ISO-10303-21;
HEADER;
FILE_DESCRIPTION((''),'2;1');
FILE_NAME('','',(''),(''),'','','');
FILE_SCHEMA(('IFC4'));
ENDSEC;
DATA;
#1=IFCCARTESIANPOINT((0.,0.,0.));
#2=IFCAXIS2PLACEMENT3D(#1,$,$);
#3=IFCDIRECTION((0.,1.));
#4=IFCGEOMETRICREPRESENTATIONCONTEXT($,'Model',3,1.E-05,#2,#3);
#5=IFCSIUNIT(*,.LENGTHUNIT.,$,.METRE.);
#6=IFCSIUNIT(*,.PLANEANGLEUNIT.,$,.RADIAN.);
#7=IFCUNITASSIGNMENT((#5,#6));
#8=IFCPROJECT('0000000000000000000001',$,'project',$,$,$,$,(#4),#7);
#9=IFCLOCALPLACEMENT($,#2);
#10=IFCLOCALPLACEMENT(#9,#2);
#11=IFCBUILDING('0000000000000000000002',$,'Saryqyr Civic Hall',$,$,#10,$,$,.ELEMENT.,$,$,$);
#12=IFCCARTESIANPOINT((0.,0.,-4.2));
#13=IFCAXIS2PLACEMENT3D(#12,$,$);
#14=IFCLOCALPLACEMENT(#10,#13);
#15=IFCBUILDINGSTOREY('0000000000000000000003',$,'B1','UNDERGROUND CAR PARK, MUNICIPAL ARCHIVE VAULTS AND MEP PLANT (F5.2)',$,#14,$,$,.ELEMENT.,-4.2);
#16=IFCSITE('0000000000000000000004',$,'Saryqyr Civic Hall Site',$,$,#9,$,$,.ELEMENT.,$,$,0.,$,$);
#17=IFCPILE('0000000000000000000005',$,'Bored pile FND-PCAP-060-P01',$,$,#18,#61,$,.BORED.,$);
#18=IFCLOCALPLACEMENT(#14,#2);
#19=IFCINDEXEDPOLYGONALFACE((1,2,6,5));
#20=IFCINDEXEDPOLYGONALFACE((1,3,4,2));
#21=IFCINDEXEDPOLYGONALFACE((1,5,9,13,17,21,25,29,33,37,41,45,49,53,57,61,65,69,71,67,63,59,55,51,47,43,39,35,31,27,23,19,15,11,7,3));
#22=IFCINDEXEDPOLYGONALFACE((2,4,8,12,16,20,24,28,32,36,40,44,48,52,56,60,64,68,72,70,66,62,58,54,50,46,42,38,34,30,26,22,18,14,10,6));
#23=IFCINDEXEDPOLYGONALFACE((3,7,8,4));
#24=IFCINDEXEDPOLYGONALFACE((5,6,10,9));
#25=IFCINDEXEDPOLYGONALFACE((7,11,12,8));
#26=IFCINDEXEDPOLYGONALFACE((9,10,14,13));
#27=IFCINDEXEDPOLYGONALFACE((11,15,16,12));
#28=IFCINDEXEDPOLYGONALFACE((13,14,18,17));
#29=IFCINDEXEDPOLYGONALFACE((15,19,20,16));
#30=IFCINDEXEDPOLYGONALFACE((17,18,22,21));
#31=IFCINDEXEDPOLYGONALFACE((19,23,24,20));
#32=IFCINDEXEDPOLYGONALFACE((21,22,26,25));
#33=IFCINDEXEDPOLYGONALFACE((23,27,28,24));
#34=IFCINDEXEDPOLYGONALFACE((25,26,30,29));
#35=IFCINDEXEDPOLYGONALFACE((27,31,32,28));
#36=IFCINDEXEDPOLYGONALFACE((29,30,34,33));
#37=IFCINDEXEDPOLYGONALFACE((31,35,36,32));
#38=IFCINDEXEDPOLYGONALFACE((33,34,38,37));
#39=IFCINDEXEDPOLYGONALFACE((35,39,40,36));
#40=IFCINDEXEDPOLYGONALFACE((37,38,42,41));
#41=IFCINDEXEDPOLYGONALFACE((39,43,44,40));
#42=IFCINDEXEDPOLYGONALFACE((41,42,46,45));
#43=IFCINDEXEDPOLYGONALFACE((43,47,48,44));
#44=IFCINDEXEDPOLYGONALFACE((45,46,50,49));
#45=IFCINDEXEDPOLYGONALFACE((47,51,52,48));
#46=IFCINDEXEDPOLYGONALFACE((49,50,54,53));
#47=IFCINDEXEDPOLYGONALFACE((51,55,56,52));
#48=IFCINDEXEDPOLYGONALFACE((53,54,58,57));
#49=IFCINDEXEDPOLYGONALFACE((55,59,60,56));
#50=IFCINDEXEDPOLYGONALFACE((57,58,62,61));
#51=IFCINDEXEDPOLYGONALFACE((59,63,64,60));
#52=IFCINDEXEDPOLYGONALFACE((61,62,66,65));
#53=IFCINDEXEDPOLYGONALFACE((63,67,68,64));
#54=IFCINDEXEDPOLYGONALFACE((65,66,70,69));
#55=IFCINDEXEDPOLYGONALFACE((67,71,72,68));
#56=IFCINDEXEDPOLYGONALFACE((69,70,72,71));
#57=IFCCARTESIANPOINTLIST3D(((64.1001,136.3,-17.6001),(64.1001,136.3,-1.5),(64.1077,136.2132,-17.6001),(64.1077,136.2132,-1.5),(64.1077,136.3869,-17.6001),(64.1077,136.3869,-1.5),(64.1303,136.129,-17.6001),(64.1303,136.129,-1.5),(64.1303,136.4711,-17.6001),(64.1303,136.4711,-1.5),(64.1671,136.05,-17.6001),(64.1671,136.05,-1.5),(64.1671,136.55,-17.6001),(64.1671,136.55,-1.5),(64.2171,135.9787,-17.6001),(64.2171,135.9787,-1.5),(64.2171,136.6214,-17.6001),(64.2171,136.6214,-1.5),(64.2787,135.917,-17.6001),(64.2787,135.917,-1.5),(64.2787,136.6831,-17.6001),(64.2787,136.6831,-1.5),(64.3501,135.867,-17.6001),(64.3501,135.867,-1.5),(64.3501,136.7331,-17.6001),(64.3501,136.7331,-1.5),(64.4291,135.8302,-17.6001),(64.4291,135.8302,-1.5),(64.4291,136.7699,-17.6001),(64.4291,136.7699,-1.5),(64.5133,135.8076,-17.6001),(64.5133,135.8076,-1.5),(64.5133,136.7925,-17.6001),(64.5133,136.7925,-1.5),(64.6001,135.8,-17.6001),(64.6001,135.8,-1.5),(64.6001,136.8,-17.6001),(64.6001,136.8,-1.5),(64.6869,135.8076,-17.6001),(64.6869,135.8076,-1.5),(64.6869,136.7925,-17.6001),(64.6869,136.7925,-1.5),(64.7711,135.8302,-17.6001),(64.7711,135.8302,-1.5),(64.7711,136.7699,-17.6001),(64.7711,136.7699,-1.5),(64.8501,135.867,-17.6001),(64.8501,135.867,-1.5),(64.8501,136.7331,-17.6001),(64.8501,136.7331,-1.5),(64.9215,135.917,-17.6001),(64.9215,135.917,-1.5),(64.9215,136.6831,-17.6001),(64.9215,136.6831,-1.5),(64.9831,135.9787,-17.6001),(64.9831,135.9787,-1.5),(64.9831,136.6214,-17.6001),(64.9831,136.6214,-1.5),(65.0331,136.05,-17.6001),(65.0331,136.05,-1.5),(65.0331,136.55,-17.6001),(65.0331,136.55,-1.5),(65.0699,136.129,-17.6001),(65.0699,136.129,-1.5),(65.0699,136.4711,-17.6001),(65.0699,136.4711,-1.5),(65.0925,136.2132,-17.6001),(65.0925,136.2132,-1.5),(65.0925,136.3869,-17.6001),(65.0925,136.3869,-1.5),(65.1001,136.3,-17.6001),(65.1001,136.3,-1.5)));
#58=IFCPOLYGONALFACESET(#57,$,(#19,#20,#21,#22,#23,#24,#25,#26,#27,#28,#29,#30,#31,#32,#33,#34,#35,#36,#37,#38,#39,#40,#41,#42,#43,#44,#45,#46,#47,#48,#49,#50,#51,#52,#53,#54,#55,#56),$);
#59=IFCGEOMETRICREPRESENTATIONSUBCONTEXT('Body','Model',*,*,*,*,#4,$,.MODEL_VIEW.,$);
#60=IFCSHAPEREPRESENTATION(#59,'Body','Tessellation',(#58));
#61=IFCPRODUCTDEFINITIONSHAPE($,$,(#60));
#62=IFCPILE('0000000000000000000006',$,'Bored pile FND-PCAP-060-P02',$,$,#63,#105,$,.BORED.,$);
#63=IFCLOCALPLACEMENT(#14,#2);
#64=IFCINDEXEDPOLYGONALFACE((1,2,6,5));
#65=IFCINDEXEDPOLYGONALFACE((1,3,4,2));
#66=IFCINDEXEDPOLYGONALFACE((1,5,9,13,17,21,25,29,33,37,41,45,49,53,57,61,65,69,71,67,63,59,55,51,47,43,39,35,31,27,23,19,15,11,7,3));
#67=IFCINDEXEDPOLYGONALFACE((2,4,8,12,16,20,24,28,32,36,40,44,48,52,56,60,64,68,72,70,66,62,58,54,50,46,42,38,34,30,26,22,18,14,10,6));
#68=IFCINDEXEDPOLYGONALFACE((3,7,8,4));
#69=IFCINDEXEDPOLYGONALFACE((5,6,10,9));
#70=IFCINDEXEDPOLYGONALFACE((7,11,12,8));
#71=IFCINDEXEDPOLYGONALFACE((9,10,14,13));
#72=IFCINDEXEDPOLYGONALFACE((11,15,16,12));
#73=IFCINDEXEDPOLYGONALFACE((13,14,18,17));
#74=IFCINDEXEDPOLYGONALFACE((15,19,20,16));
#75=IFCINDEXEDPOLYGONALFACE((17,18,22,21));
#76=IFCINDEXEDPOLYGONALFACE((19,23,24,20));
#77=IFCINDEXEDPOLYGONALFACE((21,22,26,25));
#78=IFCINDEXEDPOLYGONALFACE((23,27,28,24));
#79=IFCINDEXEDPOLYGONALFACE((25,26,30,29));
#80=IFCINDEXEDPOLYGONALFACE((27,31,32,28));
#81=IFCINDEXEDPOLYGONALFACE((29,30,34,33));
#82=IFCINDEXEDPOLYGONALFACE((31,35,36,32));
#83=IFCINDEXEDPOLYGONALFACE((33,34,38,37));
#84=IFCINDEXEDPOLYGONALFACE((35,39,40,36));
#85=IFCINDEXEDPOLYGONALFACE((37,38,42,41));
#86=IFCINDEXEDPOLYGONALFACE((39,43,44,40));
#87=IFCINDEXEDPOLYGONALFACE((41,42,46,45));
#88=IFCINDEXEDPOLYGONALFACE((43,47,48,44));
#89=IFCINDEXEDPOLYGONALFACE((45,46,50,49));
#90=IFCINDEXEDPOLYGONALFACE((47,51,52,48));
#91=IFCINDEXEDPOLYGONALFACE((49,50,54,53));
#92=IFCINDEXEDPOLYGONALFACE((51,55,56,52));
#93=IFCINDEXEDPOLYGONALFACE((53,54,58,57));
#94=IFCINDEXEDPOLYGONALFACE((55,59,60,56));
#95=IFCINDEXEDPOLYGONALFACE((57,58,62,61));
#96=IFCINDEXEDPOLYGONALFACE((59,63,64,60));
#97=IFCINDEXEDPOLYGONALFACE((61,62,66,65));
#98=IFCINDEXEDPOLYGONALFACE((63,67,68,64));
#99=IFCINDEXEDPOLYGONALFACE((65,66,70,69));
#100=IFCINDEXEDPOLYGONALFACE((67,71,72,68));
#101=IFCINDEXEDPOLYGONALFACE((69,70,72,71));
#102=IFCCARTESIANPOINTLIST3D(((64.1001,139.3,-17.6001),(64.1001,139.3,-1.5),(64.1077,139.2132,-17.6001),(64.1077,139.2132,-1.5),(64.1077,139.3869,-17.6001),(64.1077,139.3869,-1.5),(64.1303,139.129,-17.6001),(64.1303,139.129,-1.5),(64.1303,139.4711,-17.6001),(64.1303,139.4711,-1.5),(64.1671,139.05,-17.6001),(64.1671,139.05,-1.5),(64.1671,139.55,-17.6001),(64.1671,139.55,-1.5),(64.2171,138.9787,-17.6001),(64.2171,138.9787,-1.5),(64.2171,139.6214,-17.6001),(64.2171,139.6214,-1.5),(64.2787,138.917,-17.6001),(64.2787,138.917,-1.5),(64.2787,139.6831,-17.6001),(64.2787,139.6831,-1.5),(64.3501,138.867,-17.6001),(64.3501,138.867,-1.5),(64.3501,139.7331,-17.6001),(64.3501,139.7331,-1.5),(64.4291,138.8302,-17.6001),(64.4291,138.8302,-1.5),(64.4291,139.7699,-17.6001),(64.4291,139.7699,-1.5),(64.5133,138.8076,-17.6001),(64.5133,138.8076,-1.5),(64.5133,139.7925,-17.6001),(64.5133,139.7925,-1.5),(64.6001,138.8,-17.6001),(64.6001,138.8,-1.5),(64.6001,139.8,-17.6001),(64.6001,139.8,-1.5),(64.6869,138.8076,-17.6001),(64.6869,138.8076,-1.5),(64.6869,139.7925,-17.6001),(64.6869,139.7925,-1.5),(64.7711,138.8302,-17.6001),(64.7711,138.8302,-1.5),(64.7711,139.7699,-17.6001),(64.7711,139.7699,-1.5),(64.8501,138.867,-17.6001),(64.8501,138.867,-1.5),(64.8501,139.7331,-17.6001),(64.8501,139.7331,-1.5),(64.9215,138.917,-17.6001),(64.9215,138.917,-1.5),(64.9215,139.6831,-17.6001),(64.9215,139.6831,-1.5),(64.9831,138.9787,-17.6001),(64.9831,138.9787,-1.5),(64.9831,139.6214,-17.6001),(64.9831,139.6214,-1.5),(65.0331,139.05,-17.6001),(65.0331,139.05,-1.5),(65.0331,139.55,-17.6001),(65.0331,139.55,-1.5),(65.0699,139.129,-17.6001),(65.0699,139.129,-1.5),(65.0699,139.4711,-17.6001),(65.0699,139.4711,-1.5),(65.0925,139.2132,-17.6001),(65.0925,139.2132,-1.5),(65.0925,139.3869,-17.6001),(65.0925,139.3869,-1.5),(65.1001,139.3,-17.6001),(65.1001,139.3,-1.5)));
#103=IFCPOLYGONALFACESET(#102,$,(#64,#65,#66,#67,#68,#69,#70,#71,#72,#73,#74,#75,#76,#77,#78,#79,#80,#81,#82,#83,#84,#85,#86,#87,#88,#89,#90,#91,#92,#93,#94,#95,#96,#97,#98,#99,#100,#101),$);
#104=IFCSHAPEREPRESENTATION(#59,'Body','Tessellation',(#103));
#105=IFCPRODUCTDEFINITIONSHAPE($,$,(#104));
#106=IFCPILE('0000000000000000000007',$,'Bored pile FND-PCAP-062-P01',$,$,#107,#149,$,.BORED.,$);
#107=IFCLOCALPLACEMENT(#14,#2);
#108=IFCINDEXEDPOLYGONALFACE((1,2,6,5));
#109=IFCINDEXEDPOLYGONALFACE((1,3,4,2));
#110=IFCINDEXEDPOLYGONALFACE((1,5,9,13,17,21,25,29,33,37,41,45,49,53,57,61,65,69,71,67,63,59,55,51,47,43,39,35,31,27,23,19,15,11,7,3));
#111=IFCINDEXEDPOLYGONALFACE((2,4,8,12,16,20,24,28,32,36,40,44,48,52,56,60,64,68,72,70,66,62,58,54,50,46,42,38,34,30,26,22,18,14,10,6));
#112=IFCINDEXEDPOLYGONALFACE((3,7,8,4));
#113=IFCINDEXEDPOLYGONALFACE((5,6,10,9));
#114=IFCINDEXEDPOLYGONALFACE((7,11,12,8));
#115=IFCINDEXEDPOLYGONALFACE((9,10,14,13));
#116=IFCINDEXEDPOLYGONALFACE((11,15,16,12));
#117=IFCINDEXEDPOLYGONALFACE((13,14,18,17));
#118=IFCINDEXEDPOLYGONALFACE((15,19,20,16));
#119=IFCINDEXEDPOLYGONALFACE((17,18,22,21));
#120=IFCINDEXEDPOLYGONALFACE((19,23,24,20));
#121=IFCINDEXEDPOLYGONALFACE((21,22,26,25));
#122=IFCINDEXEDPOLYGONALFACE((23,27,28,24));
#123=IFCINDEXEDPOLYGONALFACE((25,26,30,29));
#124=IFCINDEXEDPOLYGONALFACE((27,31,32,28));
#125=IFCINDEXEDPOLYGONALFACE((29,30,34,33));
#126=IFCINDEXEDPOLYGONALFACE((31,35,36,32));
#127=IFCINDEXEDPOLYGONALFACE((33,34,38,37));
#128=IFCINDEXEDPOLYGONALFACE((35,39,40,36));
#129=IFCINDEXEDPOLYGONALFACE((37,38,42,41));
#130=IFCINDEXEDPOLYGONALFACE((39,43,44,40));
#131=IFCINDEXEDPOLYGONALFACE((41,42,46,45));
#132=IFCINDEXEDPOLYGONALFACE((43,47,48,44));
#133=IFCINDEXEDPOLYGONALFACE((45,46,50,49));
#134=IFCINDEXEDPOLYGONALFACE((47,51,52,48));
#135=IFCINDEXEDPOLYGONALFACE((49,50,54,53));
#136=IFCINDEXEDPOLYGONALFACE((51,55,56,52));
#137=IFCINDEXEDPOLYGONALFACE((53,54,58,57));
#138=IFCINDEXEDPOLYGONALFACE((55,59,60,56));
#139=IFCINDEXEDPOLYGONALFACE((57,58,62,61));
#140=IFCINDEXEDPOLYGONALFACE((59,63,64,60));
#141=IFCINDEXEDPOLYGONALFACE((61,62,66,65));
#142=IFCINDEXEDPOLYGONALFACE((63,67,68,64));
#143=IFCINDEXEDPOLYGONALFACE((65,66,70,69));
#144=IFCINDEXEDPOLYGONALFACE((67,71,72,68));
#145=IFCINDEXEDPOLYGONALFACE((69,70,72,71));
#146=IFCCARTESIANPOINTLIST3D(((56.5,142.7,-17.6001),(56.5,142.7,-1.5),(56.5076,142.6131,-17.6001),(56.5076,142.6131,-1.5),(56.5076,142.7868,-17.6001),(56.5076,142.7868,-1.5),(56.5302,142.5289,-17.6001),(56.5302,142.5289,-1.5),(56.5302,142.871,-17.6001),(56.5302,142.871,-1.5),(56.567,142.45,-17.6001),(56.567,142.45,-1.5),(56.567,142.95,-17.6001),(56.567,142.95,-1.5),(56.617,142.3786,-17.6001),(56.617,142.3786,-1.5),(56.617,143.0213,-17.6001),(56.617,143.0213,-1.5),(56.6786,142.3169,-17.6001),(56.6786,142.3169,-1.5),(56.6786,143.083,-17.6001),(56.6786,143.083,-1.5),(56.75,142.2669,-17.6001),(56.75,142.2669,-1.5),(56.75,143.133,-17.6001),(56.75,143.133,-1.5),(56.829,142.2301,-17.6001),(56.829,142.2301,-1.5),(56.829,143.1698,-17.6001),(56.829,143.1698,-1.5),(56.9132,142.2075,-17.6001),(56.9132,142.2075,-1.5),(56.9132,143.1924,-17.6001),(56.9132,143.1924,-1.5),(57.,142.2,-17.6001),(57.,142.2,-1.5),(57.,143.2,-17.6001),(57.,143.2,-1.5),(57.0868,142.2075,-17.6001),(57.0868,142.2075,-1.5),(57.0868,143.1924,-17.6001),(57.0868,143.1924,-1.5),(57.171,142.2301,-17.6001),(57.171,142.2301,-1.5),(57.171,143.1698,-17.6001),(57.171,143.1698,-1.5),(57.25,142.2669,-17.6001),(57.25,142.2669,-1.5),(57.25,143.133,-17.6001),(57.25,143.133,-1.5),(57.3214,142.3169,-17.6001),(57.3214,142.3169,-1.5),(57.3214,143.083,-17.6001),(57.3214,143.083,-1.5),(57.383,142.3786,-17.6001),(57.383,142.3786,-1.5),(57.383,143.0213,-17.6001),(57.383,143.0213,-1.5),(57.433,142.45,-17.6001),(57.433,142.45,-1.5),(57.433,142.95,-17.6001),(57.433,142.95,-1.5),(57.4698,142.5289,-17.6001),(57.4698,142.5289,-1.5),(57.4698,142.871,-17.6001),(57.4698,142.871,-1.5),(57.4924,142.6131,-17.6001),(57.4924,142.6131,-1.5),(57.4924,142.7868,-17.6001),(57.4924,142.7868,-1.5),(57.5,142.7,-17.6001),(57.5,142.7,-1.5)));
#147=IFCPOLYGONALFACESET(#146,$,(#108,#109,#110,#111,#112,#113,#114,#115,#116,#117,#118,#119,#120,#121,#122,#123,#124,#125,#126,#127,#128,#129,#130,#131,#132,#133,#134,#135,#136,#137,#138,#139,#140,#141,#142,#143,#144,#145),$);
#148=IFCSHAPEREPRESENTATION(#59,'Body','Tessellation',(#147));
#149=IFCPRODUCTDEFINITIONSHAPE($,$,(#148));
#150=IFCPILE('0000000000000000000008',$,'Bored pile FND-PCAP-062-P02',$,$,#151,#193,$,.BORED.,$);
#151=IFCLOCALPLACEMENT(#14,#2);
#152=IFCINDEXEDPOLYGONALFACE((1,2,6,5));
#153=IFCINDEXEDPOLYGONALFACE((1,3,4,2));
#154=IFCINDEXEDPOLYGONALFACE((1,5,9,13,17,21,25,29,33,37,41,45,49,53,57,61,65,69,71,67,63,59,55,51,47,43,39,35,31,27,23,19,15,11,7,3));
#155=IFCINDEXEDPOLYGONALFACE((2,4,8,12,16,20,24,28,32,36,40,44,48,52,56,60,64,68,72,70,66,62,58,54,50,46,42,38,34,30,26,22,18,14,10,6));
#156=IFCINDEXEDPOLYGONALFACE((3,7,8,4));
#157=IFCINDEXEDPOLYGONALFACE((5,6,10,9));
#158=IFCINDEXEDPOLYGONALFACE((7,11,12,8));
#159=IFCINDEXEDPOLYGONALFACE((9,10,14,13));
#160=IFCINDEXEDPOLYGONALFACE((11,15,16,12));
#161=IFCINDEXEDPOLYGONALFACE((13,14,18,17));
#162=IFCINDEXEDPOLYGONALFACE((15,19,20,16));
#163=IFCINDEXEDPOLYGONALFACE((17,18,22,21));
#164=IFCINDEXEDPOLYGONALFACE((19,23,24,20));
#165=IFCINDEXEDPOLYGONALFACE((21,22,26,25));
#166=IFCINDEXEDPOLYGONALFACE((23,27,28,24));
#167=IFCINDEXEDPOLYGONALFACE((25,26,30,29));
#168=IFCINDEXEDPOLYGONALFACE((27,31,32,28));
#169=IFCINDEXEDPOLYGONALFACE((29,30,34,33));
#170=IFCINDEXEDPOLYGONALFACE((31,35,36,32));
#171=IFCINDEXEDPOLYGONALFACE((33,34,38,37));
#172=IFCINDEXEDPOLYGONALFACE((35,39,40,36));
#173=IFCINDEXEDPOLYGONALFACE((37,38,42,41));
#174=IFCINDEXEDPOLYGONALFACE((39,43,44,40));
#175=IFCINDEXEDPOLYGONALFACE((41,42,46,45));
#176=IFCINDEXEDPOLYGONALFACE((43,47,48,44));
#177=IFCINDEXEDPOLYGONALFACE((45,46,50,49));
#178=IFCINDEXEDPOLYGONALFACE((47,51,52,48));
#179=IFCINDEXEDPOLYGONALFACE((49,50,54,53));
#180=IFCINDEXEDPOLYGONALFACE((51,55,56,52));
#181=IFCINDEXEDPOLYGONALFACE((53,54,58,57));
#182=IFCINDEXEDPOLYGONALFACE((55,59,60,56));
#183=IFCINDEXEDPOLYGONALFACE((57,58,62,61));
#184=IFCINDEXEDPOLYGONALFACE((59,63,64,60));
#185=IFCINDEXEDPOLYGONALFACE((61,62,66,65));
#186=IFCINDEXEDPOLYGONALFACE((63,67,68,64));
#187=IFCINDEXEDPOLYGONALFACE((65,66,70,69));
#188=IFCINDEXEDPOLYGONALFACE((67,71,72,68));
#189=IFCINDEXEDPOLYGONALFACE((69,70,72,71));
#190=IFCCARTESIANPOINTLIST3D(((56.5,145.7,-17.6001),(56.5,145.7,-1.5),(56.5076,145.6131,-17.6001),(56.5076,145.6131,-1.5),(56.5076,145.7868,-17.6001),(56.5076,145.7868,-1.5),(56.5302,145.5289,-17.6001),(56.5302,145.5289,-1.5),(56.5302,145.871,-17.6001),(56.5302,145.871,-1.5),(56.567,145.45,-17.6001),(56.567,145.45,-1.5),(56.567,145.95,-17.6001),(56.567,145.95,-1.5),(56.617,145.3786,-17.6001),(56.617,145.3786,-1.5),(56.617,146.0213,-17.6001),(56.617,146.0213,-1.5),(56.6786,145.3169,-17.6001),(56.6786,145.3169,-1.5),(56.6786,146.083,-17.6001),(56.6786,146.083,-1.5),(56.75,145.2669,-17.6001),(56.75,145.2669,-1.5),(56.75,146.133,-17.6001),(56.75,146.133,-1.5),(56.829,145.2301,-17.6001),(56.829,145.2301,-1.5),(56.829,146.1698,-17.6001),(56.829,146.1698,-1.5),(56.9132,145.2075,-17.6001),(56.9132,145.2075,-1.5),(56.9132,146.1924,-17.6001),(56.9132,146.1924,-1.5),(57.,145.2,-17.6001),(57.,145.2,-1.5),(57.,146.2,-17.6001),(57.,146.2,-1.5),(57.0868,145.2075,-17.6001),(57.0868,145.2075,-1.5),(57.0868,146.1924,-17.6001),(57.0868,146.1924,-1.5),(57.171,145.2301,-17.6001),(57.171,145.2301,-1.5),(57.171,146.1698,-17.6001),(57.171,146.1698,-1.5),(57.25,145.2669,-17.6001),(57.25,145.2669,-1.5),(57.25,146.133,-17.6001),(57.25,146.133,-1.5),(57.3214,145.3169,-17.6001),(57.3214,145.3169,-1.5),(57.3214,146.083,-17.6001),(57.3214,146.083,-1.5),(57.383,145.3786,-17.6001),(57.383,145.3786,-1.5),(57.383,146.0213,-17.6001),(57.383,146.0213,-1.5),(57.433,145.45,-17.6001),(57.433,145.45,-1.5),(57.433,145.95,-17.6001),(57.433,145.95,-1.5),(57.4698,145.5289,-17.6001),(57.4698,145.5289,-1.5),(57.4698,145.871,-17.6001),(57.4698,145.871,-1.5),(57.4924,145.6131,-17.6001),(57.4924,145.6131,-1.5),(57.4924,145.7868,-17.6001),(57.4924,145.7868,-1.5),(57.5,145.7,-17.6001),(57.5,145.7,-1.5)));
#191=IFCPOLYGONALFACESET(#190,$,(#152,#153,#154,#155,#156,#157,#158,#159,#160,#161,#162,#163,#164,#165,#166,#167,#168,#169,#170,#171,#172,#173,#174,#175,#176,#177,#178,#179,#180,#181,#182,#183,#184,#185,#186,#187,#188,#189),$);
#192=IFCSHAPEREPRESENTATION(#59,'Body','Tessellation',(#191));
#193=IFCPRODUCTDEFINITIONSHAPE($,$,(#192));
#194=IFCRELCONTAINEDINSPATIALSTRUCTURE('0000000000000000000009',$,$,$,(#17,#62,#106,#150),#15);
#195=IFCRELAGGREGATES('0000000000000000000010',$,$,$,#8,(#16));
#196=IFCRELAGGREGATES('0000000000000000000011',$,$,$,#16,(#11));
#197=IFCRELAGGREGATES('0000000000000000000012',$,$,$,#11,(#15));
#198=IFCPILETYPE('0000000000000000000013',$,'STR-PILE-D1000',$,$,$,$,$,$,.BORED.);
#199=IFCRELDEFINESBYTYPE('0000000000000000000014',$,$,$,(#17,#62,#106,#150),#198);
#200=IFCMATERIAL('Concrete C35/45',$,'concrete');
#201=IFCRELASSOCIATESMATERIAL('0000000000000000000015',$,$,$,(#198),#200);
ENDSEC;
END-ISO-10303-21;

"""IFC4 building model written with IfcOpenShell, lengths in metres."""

from ifc_helpers import new_model, si_unit, direction, frame, origin, origin_2d, place, context, subcontext, project, spatial, circle, extrude, material, material_profile, profile_set, type_object, element, save


model = new_model("IFC4")

# Units and contexts
model_context = context("Model", 3, precision=1e-05, world=origin(), true_north=direction((0.0, 1.0)))
body_context = subcontext(model_context, "Body", "Model", "MODEL_VIEW")
ifc_project = project(units=[si_unit("LENGTHUNIT", "METRE"), si_unit("PLANEANGLEUNIT", "RADIAN")], contexts=[model_context])

# Site, building, storey
site_placement = place(None, origin())
site = spatial("IfcSite", under=ifc_project, at=site_placement, Name="Saryqyr Civic Hall Site", CompositionType="ELEMENT", RefElevation=0.0)
building_placement = place(site_placement, origin())
building = spatial("IfcBuilding", under=site, at=building_placement, Name="Saryqyr Civic Hall", CompositionType="ELEMENT")
storey_placement = place(building_placement, frame((0.0, 0.0, -4.2)))
storey = spatial("IfcBuildingStorey", under=building, at=storey_placement, Name="B1", Description="UNDERGROUND CAR PARK, MUNICIPAL ARCHIVE VAULTS AND MEP PLANT (F5.2)", CompositionType="ELEMENT", Elevation=-4.2)

# Shared definitions
ifc_material_1 = material(Name="Concrete C35/45", Category="concrete")

# Piles
ifc_material_profile_1 = material_profile(ifc_material_1, circle(Radius=0.5, at=origin_2d()), Name="BORED PILE D1000")
ifc_profile_set_1 = profile_set([ifc_material_profile_1], Name="Concrete C35/45")
pile_type = type_object("IfcPileType", Name="STR-PILE-D1000", PredefinedType="BORED", material=ifc_profile_set_1)
for number, where, z_axis, x_axis, name in (
    (1, (64.6001, 136.3, -1.5), (0.0, 0.0, -1.0), (1.0, 0.0, 0.0), "Bored pile FND-PCAP-060-P01"),
    (2, (64.6001, 139.3, -1.5), (0.0, 0.0, -1.0), (1.0, 0.0, 0.0), "Bored pile FND-PCAP-060-P02"),
    (3, (57.0, 142.7, -1.5), (0.0, 0.0, -1.0), (1.0, 0.0, 0.0), "Bored pile FND-PCAP-062-P01"),
    (4, (57.0, 145.7, -1.5), (0.0, 0.0, -1.0), (1.0, 0.0, 0.0), "Bored pile FND-PCAP-062-P02"),
):
    element("IfcPile", number, at=place(storey_placement, frame(where, z_axis=z_axis, x_axis=x_axis)), inside=storey, type_object=pile_type, Name=name, PredefinedType="BORED", context=body_context, shape_type="SweptSolid", body=[
        extrude(circle(Radius=0.5, at=origin_2d()), origin(), (0.0, 0.0, 1.0), 16.1001),
    ])

save(model, "model.ifc")
